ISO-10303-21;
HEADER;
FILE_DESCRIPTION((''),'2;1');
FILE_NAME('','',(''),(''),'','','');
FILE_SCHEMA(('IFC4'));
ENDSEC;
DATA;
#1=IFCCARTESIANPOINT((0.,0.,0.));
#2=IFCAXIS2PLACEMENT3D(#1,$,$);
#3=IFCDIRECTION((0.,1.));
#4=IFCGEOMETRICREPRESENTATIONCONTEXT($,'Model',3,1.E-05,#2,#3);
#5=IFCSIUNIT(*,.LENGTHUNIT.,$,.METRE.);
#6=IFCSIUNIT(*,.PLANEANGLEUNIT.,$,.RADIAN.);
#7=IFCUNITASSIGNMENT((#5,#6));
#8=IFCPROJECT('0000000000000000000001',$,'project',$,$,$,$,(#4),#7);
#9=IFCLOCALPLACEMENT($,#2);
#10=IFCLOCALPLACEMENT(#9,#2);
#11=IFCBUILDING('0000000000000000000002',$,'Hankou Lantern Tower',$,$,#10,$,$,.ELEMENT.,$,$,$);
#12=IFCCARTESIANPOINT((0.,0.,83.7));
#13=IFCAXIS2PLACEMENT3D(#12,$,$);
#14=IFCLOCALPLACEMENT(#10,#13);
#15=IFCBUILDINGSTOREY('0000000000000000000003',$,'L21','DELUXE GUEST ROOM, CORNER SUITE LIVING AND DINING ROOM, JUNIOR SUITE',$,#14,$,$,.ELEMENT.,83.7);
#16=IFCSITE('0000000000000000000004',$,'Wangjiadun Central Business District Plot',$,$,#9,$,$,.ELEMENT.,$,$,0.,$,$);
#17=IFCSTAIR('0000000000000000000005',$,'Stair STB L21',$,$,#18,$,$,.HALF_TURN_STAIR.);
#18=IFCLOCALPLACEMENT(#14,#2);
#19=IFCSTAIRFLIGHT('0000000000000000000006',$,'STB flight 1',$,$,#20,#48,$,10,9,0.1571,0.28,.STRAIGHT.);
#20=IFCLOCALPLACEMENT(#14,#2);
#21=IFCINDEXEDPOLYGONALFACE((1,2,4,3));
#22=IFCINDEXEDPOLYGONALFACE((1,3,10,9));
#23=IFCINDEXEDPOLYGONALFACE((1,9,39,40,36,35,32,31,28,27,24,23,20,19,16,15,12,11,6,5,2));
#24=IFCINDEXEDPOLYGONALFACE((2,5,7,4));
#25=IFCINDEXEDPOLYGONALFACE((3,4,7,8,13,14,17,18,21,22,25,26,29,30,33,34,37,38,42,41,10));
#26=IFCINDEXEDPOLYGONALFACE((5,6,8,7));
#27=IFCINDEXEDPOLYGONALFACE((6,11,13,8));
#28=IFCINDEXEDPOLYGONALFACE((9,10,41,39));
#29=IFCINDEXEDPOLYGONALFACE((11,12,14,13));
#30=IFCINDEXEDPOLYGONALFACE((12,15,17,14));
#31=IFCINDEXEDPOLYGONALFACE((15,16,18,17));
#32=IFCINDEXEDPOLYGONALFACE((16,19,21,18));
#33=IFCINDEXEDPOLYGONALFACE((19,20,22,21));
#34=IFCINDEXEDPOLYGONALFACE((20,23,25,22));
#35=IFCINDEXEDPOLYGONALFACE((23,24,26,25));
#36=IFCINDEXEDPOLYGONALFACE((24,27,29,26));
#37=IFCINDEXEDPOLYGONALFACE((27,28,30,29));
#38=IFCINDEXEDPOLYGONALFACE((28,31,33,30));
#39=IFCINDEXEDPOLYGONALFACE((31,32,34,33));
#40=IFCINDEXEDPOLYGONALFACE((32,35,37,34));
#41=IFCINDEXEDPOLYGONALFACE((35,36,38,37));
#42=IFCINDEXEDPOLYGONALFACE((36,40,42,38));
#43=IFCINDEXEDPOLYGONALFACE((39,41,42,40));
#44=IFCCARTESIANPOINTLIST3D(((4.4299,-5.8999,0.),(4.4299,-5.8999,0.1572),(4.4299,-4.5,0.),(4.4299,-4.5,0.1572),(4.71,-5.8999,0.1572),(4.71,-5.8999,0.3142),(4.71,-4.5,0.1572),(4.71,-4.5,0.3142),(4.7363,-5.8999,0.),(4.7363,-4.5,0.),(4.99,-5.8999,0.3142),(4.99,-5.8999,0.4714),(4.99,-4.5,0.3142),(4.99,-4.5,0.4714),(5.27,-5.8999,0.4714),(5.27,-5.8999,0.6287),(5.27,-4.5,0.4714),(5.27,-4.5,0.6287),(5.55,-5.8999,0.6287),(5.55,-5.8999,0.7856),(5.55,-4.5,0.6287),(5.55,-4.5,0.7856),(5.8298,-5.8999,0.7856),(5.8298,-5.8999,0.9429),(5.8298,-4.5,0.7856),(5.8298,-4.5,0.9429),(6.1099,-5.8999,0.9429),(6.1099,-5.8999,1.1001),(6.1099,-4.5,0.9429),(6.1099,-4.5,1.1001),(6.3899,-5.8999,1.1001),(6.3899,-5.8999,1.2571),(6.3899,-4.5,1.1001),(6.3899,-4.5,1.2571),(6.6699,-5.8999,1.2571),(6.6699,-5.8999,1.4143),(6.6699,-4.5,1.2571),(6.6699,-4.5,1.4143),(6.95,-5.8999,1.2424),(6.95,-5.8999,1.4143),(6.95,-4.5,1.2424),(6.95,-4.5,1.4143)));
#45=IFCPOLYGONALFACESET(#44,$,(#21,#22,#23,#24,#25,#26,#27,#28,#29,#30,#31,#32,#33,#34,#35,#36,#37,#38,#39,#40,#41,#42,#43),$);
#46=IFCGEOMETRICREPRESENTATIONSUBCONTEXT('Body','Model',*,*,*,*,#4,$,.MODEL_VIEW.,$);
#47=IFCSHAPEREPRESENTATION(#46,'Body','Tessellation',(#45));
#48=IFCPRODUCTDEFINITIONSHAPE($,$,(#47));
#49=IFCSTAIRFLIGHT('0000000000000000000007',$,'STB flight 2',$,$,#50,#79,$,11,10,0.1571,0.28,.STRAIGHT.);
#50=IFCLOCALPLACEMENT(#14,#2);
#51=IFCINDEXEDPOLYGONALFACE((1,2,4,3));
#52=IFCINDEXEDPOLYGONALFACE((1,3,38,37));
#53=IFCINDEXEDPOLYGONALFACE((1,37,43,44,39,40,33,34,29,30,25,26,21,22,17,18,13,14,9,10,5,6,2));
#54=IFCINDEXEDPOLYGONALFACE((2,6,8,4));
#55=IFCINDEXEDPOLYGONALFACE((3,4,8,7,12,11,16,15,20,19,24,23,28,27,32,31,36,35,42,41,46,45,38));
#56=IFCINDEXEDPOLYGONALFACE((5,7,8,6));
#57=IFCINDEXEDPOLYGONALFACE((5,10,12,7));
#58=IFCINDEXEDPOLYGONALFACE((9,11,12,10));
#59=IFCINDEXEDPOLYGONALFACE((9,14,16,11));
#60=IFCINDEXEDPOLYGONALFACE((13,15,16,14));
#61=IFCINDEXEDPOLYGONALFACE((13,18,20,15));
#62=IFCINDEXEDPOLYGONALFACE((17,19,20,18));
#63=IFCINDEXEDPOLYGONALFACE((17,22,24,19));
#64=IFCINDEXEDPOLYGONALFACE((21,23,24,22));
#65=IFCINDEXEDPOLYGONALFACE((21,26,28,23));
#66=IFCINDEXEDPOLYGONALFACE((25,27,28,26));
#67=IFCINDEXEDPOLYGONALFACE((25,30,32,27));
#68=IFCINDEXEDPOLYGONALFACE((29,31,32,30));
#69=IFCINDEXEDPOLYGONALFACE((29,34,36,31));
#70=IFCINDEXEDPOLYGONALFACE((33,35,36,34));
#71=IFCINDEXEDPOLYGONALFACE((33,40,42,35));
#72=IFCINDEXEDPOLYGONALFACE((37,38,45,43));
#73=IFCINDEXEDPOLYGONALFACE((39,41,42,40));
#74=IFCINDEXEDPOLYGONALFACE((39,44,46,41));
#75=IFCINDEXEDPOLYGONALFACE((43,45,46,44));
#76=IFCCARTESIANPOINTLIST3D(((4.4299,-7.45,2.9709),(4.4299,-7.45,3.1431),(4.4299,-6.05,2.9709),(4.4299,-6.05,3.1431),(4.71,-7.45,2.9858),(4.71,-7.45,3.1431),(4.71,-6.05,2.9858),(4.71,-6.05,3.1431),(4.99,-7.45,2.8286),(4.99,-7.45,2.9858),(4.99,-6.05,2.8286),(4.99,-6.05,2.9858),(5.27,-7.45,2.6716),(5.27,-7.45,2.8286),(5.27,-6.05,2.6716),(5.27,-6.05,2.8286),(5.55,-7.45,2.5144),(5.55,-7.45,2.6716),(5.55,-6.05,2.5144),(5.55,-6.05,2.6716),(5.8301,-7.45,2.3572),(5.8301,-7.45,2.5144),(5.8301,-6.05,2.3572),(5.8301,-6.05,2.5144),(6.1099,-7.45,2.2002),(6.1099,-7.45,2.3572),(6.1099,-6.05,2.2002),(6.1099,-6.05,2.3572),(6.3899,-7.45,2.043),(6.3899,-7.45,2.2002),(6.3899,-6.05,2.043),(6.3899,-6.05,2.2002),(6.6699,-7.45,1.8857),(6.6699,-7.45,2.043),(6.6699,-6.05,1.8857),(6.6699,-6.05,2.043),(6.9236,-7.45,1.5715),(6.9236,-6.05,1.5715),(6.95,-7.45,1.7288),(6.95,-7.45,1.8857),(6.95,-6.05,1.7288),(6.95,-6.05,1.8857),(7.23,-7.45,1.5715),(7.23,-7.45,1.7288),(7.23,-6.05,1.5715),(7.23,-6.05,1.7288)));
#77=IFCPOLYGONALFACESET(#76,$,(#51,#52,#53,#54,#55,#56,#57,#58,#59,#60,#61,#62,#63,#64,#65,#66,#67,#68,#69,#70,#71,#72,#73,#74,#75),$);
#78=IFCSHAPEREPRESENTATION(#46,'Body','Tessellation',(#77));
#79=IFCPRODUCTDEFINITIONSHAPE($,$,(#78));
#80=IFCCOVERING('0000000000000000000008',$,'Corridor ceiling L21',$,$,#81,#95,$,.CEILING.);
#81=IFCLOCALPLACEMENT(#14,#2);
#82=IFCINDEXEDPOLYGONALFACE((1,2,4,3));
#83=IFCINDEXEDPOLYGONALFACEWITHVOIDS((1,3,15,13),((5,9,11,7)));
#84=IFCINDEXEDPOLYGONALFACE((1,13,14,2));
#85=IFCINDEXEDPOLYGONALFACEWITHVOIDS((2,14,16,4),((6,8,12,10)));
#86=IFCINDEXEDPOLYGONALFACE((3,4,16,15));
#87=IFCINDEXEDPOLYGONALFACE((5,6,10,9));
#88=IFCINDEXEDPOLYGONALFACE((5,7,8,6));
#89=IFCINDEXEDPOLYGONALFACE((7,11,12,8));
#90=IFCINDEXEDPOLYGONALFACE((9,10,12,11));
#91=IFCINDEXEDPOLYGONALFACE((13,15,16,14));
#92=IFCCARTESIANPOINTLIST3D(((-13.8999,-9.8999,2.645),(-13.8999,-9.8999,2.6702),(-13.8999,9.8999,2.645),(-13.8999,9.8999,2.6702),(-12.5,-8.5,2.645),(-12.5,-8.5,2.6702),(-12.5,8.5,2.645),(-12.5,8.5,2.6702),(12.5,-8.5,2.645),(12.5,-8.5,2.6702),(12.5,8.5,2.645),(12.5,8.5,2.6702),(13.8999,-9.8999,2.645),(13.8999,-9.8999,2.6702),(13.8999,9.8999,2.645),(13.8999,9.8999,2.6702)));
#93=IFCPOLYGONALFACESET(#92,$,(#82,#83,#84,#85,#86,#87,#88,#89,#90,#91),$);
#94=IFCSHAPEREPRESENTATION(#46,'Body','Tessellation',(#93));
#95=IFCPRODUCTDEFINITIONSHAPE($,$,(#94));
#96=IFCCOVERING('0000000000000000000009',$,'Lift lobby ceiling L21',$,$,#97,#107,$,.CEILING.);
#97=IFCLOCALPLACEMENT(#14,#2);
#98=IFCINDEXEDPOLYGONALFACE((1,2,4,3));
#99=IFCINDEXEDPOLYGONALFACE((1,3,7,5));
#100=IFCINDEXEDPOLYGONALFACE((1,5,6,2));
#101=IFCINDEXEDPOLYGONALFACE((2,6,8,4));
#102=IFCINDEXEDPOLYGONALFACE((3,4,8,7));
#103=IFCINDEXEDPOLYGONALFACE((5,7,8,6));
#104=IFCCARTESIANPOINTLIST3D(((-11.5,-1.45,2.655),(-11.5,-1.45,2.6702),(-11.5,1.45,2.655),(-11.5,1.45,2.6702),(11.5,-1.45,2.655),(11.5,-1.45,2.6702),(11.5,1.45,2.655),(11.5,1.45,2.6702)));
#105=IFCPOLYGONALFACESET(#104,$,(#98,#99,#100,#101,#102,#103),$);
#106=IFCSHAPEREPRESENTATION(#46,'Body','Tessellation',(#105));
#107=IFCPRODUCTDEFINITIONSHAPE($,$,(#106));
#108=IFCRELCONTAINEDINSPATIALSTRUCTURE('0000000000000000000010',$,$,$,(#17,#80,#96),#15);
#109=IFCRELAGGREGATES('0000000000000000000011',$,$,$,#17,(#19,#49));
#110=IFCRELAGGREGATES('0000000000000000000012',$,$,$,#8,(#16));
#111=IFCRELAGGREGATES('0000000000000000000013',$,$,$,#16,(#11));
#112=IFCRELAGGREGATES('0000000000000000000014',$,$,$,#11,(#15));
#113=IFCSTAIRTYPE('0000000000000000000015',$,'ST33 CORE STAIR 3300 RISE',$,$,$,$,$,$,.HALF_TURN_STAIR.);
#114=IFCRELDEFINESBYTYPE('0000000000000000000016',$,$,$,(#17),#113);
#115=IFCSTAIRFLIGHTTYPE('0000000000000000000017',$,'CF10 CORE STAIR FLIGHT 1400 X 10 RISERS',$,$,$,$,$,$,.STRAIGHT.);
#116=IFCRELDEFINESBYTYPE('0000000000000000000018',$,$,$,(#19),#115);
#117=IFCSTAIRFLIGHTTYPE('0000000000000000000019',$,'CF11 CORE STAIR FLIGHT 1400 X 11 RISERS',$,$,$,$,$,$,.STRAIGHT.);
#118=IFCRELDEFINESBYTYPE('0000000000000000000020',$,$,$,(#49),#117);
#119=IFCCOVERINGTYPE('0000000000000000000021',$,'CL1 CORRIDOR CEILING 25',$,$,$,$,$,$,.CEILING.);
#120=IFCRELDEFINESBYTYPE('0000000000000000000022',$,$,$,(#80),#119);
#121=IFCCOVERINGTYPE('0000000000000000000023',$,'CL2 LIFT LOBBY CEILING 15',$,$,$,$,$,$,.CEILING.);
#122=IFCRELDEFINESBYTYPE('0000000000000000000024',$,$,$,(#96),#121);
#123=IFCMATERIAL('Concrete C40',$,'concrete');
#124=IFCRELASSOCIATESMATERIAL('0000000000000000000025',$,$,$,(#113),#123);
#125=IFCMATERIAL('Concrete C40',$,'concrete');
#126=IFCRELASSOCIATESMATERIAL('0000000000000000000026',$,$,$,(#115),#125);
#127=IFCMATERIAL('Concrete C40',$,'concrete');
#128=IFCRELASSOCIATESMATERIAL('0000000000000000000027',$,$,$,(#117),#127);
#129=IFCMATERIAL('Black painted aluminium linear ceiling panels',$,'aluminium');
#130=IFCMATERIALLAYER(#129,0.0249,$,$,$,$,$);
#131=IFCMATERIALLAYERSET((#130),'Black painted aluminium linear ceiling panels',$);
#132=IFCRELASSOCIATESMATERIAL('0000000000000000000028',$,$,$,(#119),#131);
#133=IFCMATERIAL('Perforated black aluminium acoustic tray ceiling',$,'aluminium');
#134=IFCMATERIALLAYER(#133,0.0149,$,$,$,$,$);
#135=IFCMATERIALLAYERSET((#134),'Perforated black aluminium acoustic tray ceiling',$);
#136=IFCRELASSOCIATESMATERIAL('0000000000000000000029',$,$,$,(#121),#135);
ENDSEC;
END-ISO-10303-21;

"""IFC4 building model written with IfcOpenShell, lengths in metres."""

from ifc_helpers import new_model, si_unit, direction, frame, origin, place, context, subcontext, project, spatial, polyline, outline, extrude, material, layer, layer_set, type_object, element, aggregate, save


model = new_model("IFC4")

# Units and contexts
model_context = context("Model", 3, precision=1e-05, world=origin(), true_north=direction((0.0, 1.0)))
body_context = subcontext(model_context, "Body", "Model", "MODEL_VIEW")
ifc_project = project(units=[si_unit("LENGTHUNIT", "METRE"), si_unit("PLANEANGLEUNIT", "RADIAN")], contexts=[model_context])

# Site, building, storey
site_placement = place(None, origin())
site = spatial("IfcSite", under=ifc_project, at=site_placement, Name="Wangjiadun Central Business District Plot", CompositionType="ELEMENT", RefElevation=0.0)
building_placement = place(site_placement, origin())
building = spatial("IfcBuilding", under=site, at=building_placement, Name="Hankou Lantern Tower", CompositionType="ELEMENT")
storey_placement = place(building_placement, frame((0.0, 0.0, 83.7)))
storey = spatial("IfcBuildingStorey", under=building, at=storey_placement, Name="L21", Description="DELUXE GUEST ROOM, CORNER SUITE LIVING AND DINING ROOM, JUNIOR SUITE", CompositionType="ELEMENT", Elevation=83.7)

# Stair
ifc_material_1 = material(Name="Concrete C40", Category="concrete")
stair_type = type_object("IfcStairType", Name="ST33 CORE STAIR 3300 RISE", PredefinedType="HALF_TURN_STAIR", material=ifc_material_1)
stair_1_placement = place(storey_placement, origin())
stair_1 = element("IfcStair", 1, at=stair_1_placement, inside=storey, type_object=stair_type, Name="Stair STB L21", PredefinedType="HALF_TURN_STAIR")

# Stair flights
ifc_material_2 = material(Name="Concrete C40", Category="concrete")
stair_flight_type_1 = type_object("IfcStairFlightType", Name="CF10 CORE STAIR FLIGHT 1400 X 10 RISERS", PredefinedType="STRAIGHT", material=ifc_material_2)
stair_flight_1_placement = place(storey_placement, frame((4.4299, -5.2, 0.0), z_axis=(0.0, 0.0, 1.0), x_axis=(1.0, 0.0, 0.0)))
stair_flight_1 = element("IfcStairFlight", 2, at=stair_flight_1_placement, type_object=stair_flight_type_1, Name="STB flight 1", NumberOfRisers=10, NumberOfTreads=9, PredefinedType="STRAIGHT", RiserHeight=0.1571, TreadLength=0.28, context=body_context, shape_type="SweptSolid", body=[
    extrude(outline(polyline([(0.0, 0.0), (0.0, 0.1572), (0.28, 0.1572), (0.28, 0.3142), (0.5601, 0.3142), (0.5601, 0.4714), (0.8401, 0.4714), (0.8401, 0.6287), (1.1201, 0.6287), (1.1201, 0.7856), (1.3999, 0.7856), (1.3999, 0.9429), (1.6799, 0.9429), (1.6799, 1.1001), (1.96, 1.1001), (1.96, 1.2571), (2.24, 1.2571), (2.24, 1.4143), (2.52, 1.4143), (2.52, 1.5715), (2.52, 1.2424), (0.3064, 0.0), (0.0, 0.0)])), frame((0.0, 0.7, 0.0), z_axis=(0.0, -1.0, 0.0), x_axis=(1.0, 0.0, 0.0)), (0.0, 0.0, 1.0), 1.3999),
])
ifc_material_3 = material(Name="Concrete C40", Category="concrete")
stair_flight_type_2 = type_object("IfcStairFlightType", Name="CF11 CORE STAIR FLIGHT 1400 X 11 RISERS", PredefinedType="STRAIGHT", material=ifc_material_3)
stair_flight_2_placement = place(storey_placement, frame((7.23, -6.75, 1.5715), z_axis=(0.0, 0.0, 1.0), x_axis=(-1.0, 0.0, 0.0)))
stair_flight_2 = element("IfcStairFlight", 3, at=stair_flight_2_placement, type_object=stair_flight_type_2, Name="STB flight 2", NumberOfRisers=11, NumberOfTreads=10, PredefinedType="STRAIGHT", RiserHeight=0.1571, TreadLength=0.28, context=body_context, shape_type="SweptSolid", body=[
    extrude(outline(polyline([(0.0, 0.0), (0.0, 0.1572), (0.28, 0.1572), (0.28, 0.3142), (0.5601, 0.3142), (0.5601, 0.4714), (0.8401, 0.4714), (0.8401, 0.6287), (1.1201, 0.6287), (1.1201, 0.7856), (1.3999, 0.7856), (1.3999, 0.9429), (1.6799, 0.9429), (1.6799, 1.1001), (1.96, 1.1001), (1.96, 1.2571), (2.24, 1.2571), (2.24, 1.4143), (2.52, 1.4143), (2.52, 1.5715), (2.8, 1.5715), (2.8, 1.7285), (2.8, 1.3994), (0.3064, 0.0), (0.0, 0.0)])), frame((0.0, 0.7, 0.0), z_axis=(0.0, -1.0, 0.0), x_axis=(1.0, 0.0, 0.0)), (0.0, 0.0, 1.0), 1.3999),
])
aggregate(stair_1, [stair_flight_1, stair_flight_2])

# Coverings
ifc_material_4 = material(Name="Black painted aluminium linear ceiling panels", Category="aluminium")
ifc_layer_1 = layer(ifc_material_4, 0.0249)
ifc_layer_set_1 = layer_set([ifc_layer_1], Name="Black painted aluminium linear ceiling panels")
covering_type_1 = type_object("IfcCoveringType", Name="CL1 CORRIDOR CEILING 25", PredefinedType="CEILING", material=ifc_layer_set_1)
covering_1_placement = place(storey_placement, frame((0.0, 0.0, 2.645)))
element("IfcCovering", 4, at=covering_1_placement, inside=storey, type_object=covering_type_1, Name="Corridor ceiling L21", PredefinedType="CEILING", context=body_context, shape_type="SweptSolid", body=[
    extrude(outline(polyline([(-13.8999, -9.8999), (13.8999, -9.8999), (13.8999, 9.8999), (-13.8999, 9.8999), (-13.8999, -9.8999)]), holes=[polyline([(-12.5, 8.5), (12.5, 8.5), (12.5, -8.5), (-12.5, -8.5), (-12.5, 8.5)])]), origin(), (0.0, 0.0, 1.0), 0.0251),
])
ifc_material_5 = material(Name="Perforated black aluminium acoustic tray ceiling", Category="aluminium")
ifc_layer_2 = layer(ifc_material_5, 0.0149)
ifc_layer_set_2 = layer_set([ifc_layer_2], Name="Perforated black aluminium acoustic tray ceiling")
covering_type_2 = type_object("IfcCoveringType", Name="CL2 LIFT LOBBY CEILING 15", PredefinedType="CEILING", material=ifc_layer_set_2)
covering_2_placement = place(storey_placement, frame((0.0, 0.0, 2.655)))
element("IfcCovering", 5, at=covering_2_placement, inside=storey, type_object=covering_type_2, Name="Lift lobby ceiling L21", PredefinedType="CEILING", context=body_context, shape_type="SweptSolid", body=[
    extrude(outline(polyline([(-11.5, -1.45), (11.5, -1.45), (11.5, 1.45), (-11.5, 1.45), (-11.5, -1.45)])), origin(), (0.0, 0.0, 1.0), 0.0151),
])

save(model, "model.ifc")
